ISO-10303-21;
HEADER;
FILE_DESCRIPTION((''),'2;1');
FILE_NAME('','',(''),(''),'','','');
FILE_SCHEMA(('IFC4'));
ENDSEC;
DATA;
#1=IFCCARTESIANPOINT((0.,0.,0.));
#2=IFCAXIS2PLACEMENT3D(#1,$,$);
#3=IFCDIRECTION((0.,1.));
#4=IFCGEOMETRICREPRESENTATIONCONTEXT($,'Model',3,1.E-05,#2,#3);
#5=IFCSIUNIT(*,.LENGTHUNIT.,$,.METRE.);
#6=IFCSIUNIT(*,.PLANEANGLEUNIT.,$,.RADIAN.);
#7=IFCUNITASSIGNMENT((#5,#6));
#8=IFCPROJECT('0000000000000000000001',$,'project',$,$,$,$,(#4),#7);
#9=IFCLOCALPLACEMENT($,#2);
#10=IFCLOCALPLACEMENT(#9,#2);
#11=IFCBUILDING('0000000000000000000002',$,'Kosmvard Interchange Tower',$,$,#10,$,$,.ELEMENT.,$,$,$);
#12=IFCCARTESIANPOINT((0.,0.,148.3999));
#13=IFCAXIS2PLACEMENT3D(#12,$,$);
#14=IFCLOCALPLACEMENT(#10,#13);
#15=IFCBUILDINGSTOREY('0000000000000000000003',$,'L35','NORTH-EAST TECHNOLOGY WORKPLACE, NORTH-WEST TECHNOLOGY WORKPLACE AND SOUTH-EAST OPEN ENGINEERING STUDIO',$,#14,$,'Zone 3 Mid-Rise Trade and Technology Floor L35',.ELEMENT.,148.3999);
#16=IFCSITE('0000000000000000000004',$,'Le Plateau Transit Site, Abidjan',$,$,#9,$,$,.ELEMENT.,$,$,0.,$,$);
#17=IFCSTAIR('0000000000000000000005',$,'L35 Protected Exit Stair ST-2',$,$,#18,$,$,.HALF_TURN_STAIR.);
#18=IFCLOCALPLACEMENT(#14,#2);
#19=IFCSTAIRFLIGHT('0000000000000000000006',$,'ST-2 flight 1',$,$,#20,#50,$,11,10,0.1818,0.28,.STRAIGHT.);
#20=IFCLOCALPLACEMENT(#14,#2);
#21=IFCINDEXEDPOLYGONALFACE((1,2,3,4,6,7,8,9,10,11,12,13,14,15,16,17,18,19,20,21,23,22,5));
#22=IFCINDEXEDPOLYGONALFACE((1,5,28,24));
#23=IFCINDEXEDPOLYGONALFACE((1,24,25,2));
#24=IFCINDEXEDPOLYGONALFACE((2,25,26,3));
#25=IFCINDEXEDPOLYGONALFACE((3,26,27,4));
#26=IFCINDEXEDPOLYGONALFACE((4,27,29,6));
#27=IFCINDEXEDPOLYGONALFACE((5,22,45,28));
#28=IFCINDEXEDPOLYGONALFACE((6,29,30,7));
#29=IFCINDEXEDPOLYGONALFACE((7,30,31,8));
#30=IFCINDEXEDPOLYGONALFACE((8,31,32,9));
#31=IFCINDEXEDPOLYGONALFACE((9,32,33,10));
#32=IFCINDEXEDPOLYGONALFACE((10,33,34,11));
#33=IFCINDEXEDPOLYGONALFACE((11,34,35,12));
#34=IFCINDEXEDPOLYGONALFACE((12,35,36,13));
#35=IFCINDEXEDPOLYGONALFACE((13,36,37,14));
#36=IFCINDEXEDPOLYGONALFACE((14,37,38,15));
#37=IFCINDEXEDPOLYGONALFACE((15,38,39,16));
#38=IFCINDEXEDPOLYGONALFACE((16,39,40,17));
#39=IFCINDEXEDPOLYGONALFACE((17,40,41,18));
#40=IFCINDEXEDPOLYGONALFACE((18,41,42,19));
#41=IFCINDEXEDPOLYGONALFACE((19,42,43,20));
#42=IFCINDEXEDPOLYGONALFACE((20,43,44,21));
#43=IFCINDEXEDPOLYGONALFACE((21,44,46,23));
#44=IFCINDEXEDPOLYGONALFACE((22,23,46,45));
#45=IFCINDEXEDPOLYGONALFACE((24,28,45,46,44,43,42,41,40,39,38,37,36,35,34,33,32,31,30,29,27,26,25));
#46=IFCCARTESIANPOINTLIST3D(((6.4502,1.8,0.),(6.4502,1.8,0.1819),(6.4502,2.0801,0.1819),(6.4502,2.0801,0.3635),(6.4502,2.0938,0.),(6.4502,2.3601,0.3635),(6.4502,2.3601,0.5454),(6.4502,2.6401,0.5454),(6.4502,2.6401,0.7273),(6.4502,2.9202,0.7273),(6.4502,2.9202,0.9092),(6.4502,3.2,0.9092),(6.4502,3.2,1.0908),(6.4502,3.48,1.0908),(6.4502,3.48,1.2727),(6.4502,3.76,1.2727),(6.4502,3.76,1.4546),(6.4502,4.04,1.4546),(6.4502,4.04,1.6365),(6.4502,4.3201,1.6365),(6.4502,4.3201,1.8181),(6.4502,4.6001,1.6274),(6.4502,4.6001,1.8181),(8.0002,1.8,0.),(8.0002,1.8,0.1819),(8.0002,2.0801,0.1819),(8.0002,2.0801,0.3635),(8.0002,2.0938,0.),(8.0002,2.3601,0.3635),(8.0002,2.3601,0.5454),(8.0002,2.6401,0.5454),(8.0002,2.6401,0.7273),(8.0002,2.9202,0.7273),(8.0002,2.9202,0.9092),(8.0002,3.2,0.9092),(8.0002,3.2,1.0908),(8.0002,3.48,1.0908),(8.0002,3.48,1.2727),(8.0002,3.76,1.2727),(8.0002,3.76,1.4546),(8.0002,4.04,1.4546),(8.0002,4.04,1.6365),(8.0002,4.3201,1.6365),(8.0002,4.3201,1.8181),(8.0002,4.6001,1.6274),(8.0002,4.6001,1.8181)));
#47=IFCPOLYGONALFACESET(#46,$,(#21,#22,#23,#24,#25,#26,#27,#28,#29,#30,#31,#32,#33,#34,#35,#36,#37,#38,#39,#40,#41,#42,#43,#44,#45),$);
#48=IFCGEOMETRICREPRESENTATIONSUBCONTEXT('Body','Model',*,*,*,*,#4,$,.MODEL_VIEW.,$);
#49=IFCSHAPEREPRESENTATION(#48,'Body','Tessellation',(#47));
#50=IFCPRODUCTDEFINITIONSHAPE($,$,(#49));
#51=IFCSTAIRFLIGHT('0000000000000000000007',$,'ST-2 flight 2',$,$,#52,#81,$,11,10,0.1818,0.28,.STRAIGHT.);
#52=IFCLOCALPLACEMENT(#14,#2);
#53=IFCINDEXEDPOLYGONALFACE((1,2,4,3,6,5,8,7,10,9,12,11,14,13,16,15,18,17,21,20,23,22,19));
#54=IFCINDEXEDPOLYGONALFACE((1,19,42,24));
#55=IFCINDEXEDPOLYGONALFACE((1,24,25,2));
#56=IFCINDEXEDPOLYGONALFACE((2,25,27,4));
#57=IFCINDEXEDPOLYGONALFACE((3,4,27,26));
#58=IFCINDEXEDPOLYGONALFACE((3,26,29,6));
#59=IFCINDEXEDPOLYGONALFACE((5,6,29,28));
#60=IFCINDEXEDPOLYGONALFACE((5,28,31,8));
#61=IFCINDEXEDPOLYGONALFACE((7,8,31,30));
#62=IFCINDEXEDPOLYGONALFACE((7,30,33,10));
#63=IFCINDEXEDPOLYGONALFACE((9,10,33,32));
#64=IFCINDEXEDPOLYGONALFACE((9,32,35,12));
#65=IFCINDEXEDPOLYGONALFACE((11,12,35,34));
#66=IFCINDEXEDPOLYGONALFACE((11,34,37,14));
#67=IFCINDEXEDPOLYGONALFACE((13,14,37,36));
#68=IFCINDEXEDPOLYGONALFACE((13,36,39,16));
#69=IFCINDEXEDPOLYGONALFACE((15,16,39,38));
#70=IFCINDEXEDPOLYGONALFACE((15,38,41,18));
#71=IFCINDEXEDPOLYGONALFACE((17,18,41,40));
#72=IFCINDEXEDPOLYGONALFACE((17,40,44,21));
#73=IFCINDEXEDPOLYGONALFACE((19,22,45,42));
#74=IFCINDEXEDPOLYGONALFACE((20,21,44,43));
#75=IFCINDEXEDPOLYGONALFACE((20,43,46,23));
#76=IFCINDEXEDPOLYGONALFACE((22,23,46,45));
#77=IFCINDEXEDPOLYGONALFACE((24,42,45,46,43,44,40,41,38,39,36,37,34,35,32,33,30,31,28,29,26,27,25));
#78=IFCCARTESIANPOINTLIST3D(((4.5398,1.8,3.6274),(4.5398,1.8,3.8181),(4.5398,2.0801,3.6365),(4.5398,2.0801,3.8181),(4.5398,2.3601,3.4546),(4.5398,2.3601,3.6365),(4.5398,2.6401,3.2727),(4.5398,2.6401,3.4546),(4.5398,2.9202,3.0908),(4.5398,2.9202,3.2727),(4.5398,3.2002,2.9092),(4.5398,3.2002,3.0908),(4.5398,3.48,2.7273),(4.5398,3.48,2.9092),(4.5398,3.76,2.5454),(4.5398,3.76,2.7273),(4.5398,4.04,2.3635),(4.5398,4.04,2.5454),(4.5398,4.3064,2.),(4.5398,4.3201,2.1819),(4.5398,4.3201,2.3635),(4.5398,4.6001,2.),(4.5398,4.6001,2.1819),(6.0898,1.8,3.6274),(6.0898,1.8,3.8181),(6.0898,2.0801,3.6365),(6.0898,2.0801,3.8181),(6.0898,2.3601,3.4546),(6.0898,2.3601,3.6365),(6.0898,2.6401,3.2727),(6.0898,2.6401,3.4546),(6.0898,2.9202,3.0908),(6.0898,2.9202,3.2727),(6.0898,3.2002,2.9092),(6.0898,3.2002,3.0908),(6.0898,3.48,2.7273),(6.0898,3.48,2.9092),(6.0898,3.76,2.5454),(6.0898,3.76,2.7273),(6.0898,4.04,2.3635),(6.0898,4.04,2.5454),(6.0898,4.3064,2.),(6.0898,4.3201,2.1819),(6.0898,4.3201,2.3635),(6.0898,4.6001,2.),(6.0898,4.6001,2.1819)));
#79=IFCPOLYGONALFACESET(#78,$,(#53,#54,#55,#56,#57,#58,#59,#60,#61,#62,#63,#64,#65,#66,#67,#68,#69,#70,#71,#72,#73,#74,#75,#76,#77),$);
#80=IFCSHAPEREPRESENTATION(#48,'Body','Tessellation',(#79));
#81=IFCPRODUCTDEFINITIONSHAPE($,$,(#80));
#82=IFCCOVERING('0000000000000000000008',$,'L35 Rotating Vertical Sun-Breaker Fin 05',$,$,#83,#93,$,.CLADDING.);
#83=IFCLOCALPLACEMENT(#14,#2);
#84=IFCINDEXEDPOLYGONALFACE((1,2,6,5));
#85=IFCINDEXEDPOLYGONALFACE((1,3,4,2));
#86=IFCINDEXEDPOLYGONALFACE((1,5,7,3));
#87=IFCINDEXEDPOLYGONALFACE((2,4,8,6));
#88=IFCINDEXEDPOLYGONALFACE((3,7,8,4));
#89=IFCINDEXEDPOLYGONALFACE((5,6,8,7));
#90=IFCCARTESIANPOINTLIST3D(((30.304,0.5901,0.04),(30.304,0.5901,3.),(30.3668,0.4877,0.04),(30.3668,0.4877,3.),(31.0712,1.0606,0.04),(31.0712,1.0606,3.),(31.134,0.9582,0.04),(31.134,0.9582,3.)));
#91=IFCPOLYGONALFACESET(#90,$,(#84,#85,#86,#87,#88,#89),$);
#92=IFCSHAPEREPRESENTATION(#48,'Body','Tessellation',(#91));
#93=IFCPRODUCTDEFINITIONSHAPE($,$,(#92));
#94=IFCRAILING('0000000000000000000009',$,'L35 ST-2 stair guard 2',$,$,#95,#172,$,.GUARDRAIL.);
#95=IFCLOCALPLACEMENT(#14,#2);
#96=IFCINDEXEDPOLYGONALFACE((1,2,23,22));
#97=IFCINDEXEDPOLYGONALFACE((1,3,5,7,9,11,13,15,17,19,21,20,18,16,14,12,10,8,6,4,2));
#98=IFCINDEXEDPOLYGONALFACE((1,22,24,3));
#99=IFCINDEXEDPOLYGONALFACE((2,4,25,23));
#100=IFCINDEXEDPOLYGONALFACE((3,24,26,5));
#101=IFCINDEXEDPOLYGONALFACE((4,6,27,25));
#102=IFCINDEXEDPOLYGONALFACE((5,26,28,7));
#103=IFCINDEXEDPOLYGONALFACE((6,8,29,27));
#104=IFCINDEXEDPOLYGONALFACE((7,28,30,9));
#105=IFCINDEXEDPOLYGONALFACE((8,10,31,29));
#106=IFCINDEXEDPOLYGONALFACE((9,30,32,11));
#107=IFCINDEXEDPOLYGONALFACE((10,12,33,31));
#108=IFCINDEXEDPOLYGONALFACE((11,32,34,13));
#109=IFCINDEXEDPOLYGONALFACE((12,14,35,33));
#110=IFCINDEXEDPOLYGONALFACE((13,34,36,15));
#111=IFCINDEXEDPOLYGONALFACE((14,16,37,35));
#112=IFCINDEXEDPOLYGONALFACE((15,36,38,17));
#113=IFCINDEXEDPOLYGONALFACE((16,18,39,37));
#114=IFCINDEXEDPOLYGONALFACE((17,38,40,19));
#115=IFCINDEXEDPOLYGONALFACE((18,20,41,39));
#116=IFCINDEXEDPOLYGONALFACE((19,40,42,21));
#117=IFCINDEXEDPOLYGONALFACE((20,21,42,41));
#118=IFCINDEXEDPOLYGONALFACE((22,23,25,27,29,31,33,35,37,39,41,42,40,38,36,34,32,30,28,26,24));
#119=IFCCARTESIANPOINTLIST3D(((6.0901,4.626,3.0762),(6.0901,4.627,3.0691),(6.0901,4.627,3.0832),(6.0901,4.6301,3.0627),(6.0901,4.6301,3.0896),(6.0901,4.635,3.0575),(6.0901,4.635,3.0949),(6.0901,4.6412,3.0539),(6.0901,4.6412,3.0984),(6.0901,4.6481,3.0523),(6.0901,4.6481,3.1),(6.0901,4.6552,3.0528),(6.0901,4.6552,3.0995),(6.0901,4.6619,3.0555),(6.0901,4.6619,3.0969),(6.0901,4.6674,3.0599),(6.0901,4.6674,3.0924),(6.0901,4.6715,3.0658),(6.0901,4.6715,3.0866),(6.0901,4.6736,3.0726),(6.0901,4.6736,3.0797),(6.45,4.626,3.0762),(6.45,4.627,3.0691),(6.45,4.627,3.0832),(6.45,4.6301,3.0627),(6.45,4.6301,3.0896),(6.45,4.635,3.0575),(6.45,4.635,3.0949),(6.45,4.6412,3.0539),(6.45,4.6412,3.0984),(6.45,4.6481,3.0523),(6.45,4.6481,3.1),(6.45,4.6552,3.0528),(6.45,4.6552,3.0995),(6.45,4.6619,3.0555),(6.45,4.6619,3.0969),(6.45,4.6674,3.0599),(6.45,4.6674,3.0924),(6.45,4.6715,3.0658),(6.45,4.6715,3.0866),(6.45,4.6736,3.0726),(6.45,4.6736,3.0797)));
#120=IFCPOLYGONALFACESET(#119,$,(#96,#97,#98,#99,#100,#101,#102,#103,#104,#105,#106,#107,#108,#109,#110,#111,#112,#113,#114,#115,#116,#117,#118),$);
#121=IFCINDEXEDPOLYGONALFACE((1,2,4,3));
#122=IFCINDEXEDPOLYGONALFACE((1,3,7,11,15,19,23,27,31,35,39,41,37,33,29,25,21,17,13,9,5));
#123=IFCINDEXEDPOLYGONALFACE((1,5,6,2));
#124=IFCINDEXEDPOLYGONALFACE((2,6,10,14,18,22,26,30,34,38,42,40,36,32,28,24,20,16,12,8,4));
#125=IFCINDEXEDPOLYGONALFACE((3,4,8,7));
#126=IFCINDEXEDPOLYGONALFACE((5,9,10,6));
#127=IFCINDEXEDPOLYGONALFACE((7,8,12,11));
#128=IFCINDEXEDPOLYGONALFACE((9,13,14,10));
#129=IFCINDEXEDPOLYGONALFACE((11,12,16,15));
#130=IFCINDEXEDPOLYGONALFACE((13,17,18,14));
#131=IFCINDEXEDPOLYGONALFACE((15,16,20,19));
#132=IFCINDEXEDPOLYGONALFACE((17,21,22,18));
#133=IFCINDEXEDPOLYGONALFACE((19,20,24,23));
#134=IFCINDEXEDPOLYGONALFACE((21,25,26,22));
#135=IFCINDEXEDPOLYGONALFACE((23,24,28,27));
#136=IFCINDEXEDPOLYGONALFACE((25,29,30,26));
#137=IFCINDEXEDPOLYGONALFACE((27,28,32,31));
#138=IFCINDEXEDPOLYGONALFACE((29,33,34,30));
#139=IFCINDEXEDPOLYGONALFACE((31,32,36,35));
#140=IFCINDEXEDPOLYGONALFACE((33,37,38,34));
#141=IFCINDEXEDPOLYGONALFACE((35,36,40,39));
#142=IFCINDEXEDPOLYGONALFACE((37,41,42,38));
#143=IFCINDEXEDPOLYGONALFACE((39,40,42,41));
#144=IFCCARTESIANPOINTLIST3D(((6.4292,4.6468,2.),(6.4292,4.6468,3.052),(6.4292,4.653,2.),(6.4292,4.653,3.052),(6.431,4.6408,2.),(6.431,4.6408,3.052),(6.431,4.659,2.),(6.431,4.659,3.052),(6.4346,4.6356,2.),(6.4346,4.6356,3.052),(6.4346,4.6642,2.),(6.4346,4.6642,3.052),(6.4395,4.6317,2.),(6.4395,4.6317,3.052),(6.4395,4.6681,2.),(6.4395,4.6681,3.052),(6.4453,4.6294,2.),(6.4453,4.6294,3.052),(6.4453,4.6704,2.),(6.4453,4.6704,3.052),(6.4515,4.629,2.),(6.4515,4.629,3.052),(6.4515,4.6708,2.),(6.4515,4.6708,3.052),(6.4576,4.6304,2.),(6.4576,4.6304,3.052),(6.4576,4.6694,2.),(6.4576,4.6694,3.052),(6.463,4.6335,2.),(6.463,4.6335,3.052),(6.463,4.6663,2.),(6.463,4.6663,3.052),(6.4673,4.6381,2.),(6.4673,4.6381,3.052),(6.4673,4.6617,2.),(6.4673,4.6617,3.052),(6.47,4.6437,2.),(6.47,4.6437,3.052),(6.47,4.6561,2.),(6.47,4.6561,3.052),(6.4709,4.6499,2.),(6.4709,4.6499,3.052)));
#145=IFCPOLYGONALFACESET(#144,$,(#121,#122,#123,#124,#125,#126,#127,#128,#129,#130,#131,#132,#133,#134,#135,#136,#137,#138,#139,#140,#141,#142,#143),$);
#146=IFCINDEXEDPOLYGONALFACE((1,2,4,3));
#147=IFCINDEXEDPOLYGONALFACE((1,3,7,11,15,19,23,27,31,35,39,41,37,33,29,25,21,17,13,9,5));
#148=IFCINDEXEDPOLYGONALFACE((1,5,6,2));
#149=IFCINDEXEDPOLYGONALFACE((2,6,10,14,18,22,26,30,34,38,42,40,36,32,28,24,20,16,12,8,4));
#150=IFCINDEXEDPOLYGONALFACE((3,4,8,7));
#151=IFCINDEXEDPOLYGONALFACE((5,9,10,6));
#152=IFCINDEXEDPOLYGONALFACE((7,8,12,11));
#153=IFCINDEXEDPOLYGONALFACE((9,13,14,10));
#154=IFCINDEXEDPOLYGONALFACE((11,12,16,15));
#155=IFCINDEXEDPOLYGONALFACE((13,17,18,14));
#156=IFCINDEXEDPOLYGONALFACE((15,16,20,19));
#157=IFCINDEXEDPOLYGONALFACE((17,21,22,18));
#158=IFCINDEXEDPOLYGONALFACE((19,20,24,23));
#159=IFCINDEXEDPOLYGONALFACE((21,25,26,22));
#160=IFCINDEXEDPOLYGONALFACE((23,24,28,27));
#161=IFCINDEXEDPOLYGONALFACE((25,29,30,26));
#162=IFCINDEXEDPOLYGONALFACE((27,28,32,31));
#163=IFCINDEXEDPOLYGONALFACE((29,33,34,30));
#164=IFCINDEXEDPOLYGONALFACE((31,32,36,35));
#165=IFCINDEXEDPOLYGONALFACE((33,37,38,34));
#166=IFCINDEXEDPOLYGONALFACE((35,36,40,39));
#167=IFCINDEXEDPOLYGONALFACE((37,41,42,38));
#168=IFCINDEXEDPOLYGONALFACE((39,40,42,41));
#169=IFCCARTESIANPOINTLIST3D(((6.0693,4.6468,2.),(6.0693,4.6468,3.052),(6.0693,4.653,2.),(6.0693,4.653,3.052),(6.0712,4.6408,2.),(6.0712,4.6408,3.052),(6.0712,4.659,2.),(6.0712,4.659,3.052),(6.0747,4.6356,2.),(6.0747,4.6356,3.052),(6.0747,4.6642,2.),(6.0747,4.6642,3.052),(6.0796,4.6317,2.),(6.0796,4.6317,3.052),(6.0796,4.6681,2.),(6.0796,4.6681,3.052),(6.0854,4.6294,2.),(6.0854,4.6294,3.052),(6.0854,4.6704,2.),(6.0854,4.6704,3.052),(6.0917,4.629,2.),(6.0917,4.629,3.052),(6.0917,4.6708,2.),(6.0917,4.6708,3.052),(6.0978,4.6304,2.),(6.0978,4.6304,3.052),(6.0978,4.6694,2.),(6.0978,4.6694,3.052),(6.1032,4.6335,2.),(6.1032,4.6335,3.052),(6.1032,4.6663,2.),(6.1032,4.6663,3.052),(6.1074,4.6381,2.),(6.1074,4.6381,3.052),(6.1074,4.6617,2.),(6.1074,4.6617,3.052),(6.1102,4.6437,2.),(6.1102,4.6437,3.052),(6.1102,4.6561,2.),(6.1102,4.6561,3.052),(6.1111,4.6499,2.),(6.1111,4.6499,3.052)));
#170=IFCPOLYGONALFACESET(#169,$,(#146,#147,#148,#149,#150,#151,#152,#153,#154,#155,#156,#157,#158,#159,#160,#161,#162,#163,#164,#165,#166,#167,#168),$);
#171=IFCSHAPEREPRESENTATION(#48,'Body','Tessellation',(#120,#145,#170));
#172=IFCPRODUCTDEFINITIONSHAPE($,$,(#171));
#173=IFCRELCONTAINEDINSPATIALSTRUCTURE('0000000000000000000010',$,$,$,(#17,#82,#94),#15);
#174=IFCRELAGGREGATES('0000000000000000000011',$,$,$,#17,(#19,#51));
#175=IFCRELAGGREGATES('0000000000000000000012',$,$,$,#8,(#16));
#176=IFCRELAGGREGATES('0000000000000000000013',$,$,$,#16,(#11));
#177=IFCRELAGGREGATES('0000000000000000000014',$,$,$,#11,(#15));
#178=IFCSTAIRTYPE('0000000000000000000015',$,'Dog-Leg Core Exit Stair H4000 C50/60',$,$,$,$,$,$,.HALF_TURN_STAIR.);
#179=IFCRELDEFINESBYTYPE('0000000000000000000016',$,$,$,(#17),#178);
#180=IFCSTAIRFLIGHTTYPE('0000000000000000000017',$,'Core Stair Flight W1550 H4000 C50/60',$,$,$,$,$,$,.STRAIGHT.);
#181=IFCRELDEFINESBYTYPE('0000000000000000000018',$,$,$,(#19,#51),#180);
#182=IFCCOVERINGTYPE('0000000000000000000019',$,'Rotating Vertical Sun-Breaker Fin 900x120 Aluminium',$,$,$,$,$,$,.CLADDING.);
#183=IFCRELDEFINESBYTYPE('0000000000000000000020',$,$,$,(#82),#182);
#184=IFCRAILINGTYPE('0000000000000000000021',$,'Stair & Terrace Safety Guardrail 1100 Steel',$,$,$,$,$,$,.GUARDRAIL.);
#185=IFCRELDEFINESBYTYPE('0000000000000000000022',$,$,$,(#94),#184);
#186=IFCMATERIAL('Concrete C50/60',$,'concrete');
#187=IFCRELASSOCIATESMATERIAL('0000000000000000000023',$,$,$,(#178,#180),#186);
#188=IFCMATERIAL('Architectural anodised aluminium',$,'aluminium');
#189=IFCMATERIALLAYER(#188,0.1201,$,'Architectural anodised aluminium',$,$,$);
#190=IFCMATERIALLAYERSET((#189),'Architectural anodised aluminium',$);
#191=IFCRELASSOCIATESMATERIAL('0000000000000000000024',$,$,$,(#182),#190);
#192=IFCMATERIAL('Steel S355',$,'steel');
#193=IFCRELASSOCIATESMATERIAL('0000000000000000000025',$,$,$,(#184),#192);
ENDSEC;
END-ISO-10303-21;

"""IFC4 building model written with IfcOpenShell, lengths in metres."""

from ifc_helpers import new_model, si_unit, direction, frame, origin, origin_2d, place, context, subcontext, project, spatial, polyline, rectangle, circle, outline, extrude, source, transform, mapped, material, layer, layer_set, type_object, element, aggregate, save


model = new_model("IFC4")

# Units and contexts
model_context = context("Model", 3, precision=1e-05, world=origin(), true_north=direction((0.0, 1.0)))
body_context = subcontext(model_context, "Body", "Model", "MODEL_VIEW")
ifc_project = project(units=[si_unit("LENGTHUNIT", "METRE"), si_unit("PLANEANGLEUNIT", "RADIAN")], contexts=[model_context])

# Site, building, storey
site_placement = place(None, origin())
site = spatial("IfcSite", under=ifc_project, at=site_placement, Name="Le Plateau Transit Site, Abidjan", CompositionType="ELEMENT", RefElevation=0.0)
building_placement = place(site_placement, origin())
building = spatial("IfcBuilding", under=site, at=building_placement, Name="Kosmvard Interchange Tower", CompositionType="ELEMENT")
storey_placement = place(building_placement, frame((0.0, 0.0, 148.3999)))
storey = spatial("IfcBuildingStorey", under=building, at=storey_placement, Name="L35", Description="NORTH-EAST TECHNOLOGY WORKPLACE, NORTH-WEST TECHNOLOGY WORKPLACE AND SOUTH-EAST OPEN ENGINEERING STUDIO", LongName="Zone 3 Mid-Rise Trade and Technology Floor L35", CompositionType="ELEMENT", Elevation=148.3999)

# Stair, stair flights
ifc_material_1 = material(Name="Concrete C50/60", Category="concrete")
stair_type = type_object("IfcStairType", Name="Dog-Leg Core Exit Stair H4000 C50/60", PredefinedType="HALF_TURN_STAIR", material=ifc_material_1)
stair_placement = place(storey_placement, origin())
stair = element("IfcStair", 1, at=stair_placement, inside=storey, type_object=stair_type, Name="L35 Protected Exit Stair ST-2", PredefinedType="HALF_TURN_STAIR")
stair_flight_type = type_object("IfcStairFlightType", Name="Core Stair Flight W1550 H4000 C50/60", PredefinedType="STRAIGHT", material=ifc_material_1)
shared_shape_1 = source(origin(), body_context, "Body", "SweptSolid", [
    extrude(outline(polyline([(0.0, 0.0), (0.0, 0.1819), (0.28, 0.1819), (0.28, 0.3635), (0.5601, 0.3635), (0.5601, 0.5454), (0.8401, 0.5454), (0.8401, 0.7273), (1.1201, 0.7273), (1.1201, 0.9092), (1.3999, 0.9092), (1.3999, 1.0908), (1.6799, 1.0908), (1.6799, 1.2727), (1.96, 1.2727), (1.96, 1.4546), (2.24, 1.4546), (2.24, 1.6365), (2.52, 1.6365), (2.52, 1.8181), (2.8, 1.8181), (2.8, 2.0), (2.8, 1.6274), (0.2937, 0.0), (0.0, 0.0)])), frame((0.0, 0.7749, 0.0), z_axis=(0.0, -1.0, 0.0), x_axis=(1.0, 0.0, 0.0)), (0.0, 0.0, 1.0), 1.55),
])
stair_flight_1_placement = place(storey_placement, frame((7.2251, 1.8, 0.0), z_axis=(0.0, 0.0, 1.0), x_axis=(0.0, 1.0, 0.0)))
stair_flight_1 = element("IfcStairFlight", 2, at=stair_flight_1_placement, type_object=stair_flight_type, Name="ST-2 flight 1", NumberOfRisers=11, NumberOfTreads=10, PredefinedType="STRAIGHT", RiserHeight=0.1818, TreadLength=0.28, context=body_context, shape_type="MappedRepresentation", body=[
    mapped(shared_shape_1, transform((0.0, 0.0, 0.0), scale=1.0)),
])
stair_flight_2_placement = place(storey_placement, frame((5.3149, 4.6001, 2.0), z_axis=(0.0, 0.0, 1.0), x_axis=(0.0, -1.0, 0.0)))
stair_flight_2 = element("IfcStairFlight", 3, at=stair_flight_2_placement, type_object=stair_flight_type, Name="ST-2 flight 2", NumberOfRisers=11, NumberOfTreads=10, PredefinedType="STRAIGHT", RiserHeight=0.1818, TreadLength=0.28, context=body_context, shape_type="MappedRepresentation", body=[
    mapped(shared_shape_1, transform((0.0, 0.0, 0.0), scale=1.0)),
])
aggregate(stair, [stair_flight_1, stair_flight_2])

# Covering
ifc_material_2 = material(Name="Architectural anodised aluminium", Category="aluminium")
ifc_layer_1 = layer(ifc_material_2, 0.1201, Name="Architectural anodised aluminium")
ifc_layer_set_1 = layer_set([ifc_layer_1], Name="Architectural anodised aluminium")
covering_type_1 = type_object("IfcCoveringType", Name="Rotating Vertical Sun-Breaker Fin 900x120 Aluminium", PredefinedType="CLADDING", material=ifc_layer_set_1)
shared_shape_2 = source(origin(), body_context, "Body", "SweptSolid", [
    extrude(rectangle(XDim=0.8999, YDim=0.1201, at=origin_2d()), origin(), (0.0, 0.0, 1.0), 2.96),
])
covering_1_placement = place(storey_placement, frame((30.719, 0.7742, 0.04), z_axis=(0.0, 0.0, 1.0), x_axis=(0.852458, 0.522796, 0.0)))
element("IfcCovering", 4, at=covering_1_placement, inside=storey, type_object=covering_type_1, Name="L35 Rotating Vertical Sun-Breaker Fin 05", PredefinedType="CLADDING", context=body_context, shape_type="MappedRepresentation", body=[
    mapped(shared_shape_2, transform((0.0, 0.0, 0.0), scale=1.0)),
])

# Railing
ifc_material_3 = material(Name="Steel S355", Category="steel")
railing_type_1 = type_object("IfcRailingType", Name="Stair & Terrace Safety Guardrail 1100 Steel", PredefinedType="GUARDRAIL", material=ifc_material_3)
shared_shape_3 = source(origin(), body_context, "Body", "SweptSolid", [
    extrude(circle(Radius=0.0239, at=origin_2d()), frame((0.0, 0.0, 1.0762), z_axis=(-1.0, 0.0, 0.0), x_axis=(0.0, -1.0, 0.0)), (0.0, 0.0, 1.0), 0.3599),
    extrude(circle(Radius=0.021, at=origin_2d()), origin(), (0.0, 0.0, 1.0), 1.052),
    extrude(circle(Radius=0.021, at=origin_2d()), frame((-0.3599, 0.0, 0.0)), (0.0, 0.0, 1.0), 1.052),
])
for number, where, name in (
    (5, (6.45, 4.6499, 2.0), "L35 ST-2 stair guard 2"),
):
    element("IfcRailing", number, at=place(storey_placement, frame(where)), inside=storey, type_object=railing_type_1, Name=name, PredefinedType="GUARDRAIL", context=body_context, shape_type="MappedRepresentation", body=[
        mapped(shared_shape_3, transform((0.0, 0.0, 0.0), scale=1.0)),
    ])

save(model, "model.ifc")
